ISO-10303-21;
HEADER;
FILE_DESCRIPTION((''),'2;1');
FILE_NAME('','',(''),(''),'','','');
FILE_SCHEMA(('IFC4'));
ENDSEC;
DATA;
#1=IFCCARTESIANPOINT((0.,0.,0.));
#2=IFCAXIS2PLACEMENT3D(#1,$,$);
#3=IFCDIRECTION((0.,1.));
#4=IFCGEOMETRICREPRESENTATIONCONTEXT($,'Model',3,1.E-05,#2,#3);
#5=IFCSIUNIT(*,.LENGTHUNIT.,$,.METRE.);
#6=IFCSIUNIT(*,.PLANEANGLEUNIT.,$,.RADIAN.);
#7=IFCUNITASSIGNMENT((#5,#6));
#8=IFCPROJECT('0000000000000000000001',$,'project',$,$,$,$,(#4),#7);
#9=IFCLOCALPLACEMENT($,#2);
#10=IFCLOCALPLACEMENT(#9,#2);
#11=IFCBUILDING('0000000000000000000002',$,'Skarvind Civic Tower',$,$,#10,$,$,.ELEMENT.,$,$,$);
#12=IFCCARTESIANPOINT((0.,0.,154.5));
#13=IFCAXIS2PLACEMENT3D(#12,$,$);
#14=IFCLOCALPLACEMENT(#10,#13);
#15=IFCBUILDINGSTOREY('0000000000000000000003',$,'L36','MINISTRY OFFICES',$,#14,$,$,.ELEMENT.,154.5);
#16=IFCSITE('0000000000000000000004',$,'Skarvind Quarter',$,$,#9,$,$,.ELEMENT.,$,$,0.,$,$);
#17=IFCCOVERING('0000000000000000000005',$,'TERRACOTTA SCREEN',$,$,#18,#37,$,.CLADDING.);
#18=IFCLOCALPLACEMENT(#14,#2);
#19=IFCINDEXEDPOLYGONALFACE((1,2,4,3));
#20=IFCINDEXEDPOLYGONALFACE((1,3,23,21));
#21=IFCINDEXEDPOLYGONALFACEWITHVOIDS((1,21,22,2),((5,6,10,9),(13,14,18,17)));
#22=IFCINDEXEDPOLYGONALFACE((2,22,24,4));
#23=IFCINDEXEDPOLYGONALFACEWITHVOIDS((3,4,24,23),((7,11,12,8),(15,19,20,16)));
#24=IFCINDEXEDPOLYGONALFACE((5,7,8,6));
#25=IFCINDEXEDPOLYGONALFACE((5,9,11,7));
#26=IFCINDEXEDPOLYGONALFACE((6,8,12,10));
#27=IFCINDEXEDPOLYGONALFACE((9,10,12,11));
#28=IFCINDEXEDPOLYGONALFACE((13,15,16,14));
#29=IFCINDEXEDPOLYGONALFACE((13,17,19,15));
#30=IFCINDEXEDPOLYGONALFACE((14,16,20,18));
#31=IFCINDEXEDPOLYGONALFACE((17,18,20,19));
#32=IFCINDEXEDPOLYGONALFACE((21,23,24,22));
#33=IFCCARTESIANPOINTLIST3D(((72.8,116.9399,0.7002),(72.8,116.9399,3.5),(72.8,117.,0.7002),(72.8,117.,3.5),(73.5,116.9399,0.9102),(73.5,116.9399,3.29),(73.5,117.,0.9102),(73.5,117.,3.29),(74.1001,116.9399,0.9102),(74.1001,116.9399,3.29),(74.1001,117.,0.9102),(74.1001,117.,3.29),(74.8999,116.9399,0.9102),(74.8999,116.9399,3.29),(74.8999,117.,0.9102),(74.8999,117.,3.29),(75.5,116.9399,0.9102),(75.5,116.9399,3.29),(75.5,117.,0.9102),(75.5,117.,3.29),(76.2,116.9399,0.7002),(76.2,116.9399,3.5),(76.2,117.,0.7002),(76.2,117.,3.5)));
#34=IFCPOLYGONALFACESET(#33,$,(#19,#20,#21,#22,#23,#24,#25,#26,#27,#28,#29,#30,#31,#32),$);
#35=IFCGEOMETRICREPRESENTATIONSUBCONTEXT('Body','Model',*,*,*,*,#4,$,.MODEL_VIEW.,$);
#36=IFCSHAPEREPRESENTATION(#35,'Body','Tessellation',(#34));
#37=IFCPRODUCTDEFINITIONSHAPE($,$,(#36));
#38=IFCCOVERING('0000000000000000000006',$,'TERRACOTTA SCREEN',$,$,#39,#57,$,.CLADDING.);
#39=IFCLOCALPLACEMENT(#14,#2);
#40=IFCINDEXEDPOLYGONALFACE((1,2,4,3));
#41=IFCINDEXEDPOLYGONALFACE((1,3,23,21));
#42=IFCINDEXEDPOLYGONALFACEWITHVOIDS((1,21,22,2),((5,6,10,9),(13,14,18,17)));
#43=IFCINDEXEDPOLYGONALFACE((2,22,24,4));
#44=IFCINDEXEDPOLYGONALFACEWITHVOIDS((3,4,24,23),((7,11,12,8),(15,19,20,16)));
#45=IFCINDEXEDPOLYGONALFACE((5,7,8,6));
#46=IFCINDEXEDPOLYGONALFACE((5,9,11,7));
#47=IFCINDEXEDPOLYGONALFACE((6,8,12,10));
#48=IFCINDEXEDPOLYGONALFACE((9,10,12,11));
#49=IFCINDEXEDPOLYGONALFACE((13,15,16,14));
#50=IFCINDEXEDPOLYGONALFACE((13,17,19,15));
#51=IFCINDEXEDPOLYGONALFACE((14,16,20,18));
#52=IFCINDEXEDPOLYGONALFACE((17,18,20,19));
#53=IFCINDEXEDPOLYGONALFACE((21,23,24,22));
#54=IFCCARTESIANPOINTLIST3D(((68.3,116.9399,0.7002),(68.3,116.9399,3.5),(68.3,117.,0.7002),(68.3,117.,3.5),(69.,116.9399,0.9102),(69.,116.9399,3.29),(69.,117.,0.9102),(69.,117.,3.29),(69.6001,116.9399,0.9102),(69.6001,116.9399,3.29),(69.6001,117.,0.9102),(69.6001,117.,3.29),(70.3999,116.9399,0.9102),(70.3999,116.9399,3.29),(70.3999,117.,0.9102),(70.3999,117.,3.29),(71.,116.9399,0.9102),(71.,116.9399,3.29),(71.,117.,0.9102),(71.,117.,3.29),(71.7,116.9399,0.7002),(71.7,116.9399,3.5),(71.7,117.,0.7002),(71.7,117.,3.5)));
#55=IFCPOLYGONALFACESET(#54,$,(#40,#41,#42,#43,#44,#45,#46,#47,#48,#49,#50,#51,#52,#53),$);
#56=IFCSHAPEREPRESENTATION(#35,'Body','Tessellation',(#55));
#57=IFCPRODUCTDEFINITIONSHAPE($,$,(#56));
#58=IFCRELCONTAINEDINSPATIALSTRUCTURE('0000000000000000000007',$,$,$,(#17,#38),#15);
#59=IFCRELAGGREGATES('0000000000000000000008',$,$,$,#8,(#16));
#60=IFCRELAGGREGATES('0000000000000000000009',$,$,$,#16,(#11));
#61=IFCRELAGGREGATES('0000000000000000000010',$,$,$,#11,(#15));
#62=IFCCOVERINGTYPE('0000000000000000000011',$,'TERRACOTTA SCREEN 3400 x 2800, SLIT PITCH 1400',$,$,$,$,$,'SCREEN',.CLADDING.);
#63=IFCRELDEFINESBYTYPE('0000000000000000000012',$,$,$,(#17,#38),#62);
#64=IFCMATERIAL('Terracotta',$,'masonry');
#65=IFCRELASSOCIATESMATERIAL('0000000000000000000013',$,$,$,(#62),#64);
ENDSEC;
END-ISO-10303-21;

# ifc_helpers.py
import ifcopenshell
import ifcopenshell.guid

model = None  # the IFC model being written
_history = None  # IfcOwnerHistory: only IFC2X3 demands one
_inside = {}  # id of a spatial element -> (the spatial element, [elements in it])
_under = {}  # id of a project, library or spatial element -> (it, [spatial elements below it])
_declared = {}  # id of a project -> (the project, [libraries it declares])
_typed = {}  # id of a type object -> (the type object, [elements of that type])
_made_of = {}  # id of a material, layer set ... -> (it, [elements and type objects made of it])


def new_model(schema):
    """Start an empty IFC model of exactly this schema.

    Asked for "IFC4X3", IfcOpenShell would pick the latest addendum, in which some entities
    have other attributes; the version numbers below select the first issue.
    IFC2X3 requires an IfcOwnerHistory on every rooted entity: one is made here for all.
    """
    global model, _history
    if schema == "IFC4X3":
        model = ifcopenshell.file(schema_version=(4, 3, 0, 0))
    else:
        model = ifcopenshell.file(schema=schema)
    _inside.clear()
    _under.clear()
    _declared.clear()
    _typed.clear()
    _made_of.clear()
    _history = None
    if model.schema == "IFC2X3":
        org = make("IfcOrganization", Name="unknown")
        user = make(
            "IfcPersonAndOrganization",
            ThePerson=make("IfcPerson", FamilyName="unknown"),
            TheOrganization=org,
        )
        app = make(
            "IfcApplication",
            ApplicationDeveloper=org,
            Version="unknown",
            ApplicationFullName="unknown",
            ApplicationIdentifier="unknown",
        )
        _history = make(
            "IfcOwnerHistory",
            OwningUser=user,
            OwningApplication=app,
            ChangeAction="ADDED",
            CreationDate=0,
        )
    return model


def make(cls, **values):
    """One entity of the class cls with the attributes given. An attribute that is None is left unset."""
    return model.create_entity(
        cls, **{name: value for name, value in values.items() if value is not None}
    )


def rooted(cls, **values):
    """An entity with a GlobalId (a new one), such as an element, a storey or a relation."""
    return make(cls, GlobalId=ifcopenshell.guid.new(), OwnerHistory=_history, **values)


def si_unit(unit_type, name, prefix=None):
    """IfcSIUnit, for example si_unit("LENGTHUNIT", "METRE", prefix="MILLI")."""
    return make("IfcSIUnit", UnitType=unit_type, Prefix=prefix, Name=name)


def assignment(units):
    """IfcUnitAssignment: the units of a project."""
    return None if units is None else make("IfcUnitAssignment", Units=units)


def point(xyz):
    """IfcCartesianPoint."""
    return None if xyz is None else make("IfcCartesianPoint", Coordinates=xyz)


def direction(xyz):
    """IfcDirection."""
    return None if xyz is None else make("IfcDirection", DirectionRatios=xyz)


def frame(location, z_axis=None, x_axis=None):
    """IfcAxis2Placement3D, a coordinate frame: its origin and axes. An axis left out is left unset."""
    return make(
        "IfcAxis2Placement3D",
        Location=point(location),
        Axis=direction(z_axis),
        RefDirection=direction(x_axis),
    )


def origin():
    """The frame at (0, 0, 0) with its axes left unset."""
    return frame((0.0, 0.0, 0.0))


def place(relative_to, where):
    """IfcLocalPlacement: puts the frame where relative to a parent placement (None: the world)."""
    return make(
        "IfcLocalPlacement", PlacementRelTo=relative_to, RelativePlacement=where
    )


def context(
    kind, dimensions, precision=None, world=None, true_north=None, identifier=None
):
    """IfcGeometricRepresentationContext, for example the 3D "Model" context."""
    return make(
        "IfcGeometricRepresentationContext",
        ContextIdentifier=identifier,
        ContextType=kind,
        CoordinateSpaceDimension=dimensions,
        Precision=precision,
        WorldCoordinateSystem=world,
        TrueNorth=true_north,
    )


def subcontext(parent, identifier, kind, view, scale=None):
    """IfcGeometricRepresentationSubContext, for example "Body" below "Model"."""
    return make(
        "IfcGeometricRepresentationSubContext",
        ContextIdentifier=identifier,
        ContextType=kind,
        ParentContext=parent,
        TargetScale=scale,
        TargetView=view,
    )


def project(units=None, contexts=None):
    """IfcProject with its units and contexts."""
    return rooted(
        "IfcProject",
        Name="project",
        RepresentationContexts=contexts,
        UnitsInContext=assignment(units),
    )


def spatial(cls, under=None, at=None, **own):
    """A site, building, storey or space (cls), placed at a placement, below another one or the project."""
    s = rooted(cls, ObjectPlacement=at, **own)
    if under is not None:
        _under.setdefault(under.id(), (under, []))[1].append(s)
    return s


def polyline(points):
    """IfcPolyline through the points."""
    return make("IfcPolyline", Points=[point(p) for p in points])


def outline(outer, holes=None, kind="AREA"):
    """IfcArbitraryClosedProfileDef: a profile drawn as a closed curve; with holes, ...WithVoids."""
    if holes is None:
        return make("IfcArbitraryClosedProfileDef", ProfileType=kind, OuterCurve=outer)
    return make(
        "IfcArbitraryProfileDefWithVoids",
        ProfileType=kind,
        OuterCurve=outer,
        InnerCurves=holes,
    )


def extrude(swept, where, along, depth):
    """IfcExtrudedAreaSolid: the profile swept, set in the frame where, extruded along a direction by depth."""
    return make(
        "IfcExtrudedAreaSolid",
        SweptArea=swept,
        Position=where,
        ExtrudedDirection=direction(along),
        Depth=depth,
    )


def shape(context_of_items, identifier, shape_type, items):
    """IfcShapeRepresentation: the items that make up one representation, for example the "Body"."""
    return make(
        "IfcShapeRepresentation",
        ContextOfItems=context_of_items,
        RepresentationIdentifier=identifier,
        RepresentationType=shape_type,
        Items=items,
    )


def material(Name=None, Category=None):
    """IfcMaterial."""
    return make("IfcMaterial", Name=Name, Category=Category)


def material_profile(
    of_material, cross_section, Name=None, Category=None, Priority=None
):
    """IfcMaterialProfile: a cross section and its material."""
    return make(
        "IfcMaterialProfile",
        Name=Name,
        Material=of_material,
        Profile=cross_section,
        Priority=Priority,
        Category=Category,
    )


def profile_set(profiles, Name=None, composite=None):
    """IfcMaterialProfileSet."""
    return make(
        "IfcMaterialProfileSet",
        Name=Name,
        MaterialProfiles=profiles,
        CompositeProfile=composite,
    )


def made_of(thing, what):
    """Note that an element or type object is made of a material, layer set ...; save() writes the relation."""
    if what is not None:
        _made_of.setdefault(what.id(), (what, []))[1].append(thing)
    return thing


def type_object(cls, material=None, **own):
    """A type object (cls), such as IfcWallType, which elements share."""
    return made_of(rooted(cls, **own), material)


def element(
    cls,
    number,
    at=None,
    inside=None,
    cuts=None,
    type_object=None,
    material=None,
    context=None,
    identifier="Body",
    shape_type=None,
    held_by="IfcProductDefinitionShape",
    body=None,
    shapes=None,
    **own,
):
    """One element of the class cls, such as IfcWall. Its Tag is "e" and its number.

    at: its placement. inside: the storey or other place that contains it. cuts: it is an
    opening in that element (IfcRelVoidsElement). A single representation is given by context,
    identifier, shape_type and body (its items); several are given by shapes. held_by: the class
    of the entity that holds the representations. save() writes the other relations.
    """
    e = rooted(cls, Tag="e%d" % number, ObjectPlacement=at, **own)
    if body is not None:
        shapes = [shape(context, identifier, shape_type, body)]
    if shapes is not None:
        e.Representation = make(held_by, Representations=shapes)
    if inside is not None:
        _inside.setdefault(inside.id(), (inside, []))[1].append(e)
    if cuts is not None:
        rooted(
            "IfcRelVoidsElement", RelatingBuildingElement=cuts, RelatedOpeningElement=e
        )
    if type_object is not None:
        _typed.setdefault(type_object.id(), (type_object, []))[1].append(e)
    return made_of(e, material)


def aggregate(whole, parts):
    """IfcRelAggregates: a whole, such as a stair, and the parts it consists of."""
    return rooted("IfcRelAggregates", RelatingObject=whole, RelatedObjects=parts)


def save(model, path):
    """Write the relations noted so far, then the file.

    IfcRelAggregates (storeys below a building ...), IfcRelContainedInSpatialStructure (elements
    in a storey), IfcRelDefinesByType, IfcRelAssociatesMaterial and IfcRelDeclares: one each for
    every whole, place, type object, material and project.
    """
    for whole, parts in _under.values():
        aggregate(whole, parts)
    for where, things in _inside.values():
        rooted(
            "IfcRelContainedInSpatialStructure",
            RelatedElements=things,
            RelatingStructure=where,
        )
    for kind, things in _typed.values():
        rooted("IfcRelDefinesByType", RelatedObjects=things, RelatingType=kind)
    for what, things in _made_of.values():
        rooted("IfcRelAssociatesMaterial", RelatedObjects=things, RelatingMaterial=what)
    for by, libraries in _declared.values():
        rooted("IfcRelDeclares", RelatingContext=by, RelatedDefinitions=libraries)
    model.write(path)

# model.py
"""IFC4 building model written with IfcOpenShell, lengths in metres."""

from ifc_helpers import new_model, si_unit, direction, frame, origin, place, context, subcontext, project, spatial, polyline, outline, extrude, material, material_profile, profile_set, type_object, element, save


model = new_model("IFC4")

# Units and contexts
model_context = context("Model", 3, precision=1e-05, world=origin(), true_north=direction((0.0, 1.0)))
body_context = subcontext(model_context, "Body", "Model", "MODEL_VIEW")
ifc_project = project(units=[si_unit("LENGTHUNIT", "METRE"), si_unit("PLANEANGLEUNIT", "RADIAN")], contexts=[model_context])

# Site, building, storey
site_placement = place(None, origin())
site = spatial("IfcSite", under=ifc_project, at=site_placement, Name="Skarvind Quarter", CompositionType="ELEMENT", RefElevation=0.0)
building_placement = place(site_placement, origin())
building = spatial("IfcBuilding", under=site, at=building_placement, Name="Skarvind Civic Tower", CompositionType="ELEMENT")
storey_placement = place(building_placement, frame((0.0, 0.0, 154.5)))
storey = spatial("IfcBuildingStorey", under=building, at=storey_placement, Name="L36", Description="MINISTRY OFFICES", CompositionType="ELEMENT", Elevation=154.5)

# Coverings
ifc_material_1 = material(Name="Terracotta", Category="masonry")
ifc_material_profile_1 = material_profile(ifc_material_1, outline(polyline([(-1.7, -1.3999), (1.7, -1.3999), (1.7, 1.3999), (-1.7, 1.3999), (-1.7, -1.3999)]), holes=[polyline([(-1.0, -1.1899), (-0.3999, -1.1899), (-0.3999, 1.1899), (-1.0, 1.1899), (-1.0, -1.1899)]), polyline([(0.3999, -1.1899), (1.0, -1.1899), (1.0, 1.1899), (0.3999, 1.1899), (0.3999, -1.1899)])]), Name="TERRACOTTA SCREEN 3400 x 2800, SLIT PITCH 1400")
ifc_profile_set_1 = profile_set([ifc_material_profile_1], Name="Terracotta")
covering_type = type_object("IfcCoveringType", Name="TERRACOTTA SCREEN 3400 x 2800, SLIT PITCH 1400", ElementType="SCREEN", PredefinedType="CLADDING", material=ifc_profile_set_1)
for number, where, z_axis, x_axis, name in (
    (1, (74.5, 117.0, 2.1001), (0.0, -1.0, 0.0), (1.0, 0.0, 0.0), "TERRACOTTA SCREEN"),
    (2, (70.0, 117.0, 2.1001), (0.0, -1.0, 0.0), (1.0, 0.0, 0.0), "TERRACOTTA SCREEN"),
):
    element("IfcCovering", number, at=place(storey_placement, frame(where, z_axis=z_axis, x_axis=x_axis)), inside=storey, type_object=covering_type, Name=name, PredefinedType="CLADDING", context=body_context, shape_type="SweptSolid", body=[
        extrude(outline(polyline([(-1.7, -1.3999), (1.7, -1.3999), (1.7, 1.3999), (-1.7, 1.3999), (-1.7, -1.3999)]), holes=[polyline([(-1.0, -1.1899), (-0.3999, -1.1899), (-0.3999, 1.1899), (-1.0, 1.1899), (-1.0, -1.1899)]), polyline([(0.3999, -1.1899), (1.0, -1.1899), (1.0, 1.1899), (0.3999, 1.1899), (0.3999, -1.1899)])]), origin(), (0.0, 0.0, 1.0), 0.0601),
    ])

save(model, "model.ifc")
